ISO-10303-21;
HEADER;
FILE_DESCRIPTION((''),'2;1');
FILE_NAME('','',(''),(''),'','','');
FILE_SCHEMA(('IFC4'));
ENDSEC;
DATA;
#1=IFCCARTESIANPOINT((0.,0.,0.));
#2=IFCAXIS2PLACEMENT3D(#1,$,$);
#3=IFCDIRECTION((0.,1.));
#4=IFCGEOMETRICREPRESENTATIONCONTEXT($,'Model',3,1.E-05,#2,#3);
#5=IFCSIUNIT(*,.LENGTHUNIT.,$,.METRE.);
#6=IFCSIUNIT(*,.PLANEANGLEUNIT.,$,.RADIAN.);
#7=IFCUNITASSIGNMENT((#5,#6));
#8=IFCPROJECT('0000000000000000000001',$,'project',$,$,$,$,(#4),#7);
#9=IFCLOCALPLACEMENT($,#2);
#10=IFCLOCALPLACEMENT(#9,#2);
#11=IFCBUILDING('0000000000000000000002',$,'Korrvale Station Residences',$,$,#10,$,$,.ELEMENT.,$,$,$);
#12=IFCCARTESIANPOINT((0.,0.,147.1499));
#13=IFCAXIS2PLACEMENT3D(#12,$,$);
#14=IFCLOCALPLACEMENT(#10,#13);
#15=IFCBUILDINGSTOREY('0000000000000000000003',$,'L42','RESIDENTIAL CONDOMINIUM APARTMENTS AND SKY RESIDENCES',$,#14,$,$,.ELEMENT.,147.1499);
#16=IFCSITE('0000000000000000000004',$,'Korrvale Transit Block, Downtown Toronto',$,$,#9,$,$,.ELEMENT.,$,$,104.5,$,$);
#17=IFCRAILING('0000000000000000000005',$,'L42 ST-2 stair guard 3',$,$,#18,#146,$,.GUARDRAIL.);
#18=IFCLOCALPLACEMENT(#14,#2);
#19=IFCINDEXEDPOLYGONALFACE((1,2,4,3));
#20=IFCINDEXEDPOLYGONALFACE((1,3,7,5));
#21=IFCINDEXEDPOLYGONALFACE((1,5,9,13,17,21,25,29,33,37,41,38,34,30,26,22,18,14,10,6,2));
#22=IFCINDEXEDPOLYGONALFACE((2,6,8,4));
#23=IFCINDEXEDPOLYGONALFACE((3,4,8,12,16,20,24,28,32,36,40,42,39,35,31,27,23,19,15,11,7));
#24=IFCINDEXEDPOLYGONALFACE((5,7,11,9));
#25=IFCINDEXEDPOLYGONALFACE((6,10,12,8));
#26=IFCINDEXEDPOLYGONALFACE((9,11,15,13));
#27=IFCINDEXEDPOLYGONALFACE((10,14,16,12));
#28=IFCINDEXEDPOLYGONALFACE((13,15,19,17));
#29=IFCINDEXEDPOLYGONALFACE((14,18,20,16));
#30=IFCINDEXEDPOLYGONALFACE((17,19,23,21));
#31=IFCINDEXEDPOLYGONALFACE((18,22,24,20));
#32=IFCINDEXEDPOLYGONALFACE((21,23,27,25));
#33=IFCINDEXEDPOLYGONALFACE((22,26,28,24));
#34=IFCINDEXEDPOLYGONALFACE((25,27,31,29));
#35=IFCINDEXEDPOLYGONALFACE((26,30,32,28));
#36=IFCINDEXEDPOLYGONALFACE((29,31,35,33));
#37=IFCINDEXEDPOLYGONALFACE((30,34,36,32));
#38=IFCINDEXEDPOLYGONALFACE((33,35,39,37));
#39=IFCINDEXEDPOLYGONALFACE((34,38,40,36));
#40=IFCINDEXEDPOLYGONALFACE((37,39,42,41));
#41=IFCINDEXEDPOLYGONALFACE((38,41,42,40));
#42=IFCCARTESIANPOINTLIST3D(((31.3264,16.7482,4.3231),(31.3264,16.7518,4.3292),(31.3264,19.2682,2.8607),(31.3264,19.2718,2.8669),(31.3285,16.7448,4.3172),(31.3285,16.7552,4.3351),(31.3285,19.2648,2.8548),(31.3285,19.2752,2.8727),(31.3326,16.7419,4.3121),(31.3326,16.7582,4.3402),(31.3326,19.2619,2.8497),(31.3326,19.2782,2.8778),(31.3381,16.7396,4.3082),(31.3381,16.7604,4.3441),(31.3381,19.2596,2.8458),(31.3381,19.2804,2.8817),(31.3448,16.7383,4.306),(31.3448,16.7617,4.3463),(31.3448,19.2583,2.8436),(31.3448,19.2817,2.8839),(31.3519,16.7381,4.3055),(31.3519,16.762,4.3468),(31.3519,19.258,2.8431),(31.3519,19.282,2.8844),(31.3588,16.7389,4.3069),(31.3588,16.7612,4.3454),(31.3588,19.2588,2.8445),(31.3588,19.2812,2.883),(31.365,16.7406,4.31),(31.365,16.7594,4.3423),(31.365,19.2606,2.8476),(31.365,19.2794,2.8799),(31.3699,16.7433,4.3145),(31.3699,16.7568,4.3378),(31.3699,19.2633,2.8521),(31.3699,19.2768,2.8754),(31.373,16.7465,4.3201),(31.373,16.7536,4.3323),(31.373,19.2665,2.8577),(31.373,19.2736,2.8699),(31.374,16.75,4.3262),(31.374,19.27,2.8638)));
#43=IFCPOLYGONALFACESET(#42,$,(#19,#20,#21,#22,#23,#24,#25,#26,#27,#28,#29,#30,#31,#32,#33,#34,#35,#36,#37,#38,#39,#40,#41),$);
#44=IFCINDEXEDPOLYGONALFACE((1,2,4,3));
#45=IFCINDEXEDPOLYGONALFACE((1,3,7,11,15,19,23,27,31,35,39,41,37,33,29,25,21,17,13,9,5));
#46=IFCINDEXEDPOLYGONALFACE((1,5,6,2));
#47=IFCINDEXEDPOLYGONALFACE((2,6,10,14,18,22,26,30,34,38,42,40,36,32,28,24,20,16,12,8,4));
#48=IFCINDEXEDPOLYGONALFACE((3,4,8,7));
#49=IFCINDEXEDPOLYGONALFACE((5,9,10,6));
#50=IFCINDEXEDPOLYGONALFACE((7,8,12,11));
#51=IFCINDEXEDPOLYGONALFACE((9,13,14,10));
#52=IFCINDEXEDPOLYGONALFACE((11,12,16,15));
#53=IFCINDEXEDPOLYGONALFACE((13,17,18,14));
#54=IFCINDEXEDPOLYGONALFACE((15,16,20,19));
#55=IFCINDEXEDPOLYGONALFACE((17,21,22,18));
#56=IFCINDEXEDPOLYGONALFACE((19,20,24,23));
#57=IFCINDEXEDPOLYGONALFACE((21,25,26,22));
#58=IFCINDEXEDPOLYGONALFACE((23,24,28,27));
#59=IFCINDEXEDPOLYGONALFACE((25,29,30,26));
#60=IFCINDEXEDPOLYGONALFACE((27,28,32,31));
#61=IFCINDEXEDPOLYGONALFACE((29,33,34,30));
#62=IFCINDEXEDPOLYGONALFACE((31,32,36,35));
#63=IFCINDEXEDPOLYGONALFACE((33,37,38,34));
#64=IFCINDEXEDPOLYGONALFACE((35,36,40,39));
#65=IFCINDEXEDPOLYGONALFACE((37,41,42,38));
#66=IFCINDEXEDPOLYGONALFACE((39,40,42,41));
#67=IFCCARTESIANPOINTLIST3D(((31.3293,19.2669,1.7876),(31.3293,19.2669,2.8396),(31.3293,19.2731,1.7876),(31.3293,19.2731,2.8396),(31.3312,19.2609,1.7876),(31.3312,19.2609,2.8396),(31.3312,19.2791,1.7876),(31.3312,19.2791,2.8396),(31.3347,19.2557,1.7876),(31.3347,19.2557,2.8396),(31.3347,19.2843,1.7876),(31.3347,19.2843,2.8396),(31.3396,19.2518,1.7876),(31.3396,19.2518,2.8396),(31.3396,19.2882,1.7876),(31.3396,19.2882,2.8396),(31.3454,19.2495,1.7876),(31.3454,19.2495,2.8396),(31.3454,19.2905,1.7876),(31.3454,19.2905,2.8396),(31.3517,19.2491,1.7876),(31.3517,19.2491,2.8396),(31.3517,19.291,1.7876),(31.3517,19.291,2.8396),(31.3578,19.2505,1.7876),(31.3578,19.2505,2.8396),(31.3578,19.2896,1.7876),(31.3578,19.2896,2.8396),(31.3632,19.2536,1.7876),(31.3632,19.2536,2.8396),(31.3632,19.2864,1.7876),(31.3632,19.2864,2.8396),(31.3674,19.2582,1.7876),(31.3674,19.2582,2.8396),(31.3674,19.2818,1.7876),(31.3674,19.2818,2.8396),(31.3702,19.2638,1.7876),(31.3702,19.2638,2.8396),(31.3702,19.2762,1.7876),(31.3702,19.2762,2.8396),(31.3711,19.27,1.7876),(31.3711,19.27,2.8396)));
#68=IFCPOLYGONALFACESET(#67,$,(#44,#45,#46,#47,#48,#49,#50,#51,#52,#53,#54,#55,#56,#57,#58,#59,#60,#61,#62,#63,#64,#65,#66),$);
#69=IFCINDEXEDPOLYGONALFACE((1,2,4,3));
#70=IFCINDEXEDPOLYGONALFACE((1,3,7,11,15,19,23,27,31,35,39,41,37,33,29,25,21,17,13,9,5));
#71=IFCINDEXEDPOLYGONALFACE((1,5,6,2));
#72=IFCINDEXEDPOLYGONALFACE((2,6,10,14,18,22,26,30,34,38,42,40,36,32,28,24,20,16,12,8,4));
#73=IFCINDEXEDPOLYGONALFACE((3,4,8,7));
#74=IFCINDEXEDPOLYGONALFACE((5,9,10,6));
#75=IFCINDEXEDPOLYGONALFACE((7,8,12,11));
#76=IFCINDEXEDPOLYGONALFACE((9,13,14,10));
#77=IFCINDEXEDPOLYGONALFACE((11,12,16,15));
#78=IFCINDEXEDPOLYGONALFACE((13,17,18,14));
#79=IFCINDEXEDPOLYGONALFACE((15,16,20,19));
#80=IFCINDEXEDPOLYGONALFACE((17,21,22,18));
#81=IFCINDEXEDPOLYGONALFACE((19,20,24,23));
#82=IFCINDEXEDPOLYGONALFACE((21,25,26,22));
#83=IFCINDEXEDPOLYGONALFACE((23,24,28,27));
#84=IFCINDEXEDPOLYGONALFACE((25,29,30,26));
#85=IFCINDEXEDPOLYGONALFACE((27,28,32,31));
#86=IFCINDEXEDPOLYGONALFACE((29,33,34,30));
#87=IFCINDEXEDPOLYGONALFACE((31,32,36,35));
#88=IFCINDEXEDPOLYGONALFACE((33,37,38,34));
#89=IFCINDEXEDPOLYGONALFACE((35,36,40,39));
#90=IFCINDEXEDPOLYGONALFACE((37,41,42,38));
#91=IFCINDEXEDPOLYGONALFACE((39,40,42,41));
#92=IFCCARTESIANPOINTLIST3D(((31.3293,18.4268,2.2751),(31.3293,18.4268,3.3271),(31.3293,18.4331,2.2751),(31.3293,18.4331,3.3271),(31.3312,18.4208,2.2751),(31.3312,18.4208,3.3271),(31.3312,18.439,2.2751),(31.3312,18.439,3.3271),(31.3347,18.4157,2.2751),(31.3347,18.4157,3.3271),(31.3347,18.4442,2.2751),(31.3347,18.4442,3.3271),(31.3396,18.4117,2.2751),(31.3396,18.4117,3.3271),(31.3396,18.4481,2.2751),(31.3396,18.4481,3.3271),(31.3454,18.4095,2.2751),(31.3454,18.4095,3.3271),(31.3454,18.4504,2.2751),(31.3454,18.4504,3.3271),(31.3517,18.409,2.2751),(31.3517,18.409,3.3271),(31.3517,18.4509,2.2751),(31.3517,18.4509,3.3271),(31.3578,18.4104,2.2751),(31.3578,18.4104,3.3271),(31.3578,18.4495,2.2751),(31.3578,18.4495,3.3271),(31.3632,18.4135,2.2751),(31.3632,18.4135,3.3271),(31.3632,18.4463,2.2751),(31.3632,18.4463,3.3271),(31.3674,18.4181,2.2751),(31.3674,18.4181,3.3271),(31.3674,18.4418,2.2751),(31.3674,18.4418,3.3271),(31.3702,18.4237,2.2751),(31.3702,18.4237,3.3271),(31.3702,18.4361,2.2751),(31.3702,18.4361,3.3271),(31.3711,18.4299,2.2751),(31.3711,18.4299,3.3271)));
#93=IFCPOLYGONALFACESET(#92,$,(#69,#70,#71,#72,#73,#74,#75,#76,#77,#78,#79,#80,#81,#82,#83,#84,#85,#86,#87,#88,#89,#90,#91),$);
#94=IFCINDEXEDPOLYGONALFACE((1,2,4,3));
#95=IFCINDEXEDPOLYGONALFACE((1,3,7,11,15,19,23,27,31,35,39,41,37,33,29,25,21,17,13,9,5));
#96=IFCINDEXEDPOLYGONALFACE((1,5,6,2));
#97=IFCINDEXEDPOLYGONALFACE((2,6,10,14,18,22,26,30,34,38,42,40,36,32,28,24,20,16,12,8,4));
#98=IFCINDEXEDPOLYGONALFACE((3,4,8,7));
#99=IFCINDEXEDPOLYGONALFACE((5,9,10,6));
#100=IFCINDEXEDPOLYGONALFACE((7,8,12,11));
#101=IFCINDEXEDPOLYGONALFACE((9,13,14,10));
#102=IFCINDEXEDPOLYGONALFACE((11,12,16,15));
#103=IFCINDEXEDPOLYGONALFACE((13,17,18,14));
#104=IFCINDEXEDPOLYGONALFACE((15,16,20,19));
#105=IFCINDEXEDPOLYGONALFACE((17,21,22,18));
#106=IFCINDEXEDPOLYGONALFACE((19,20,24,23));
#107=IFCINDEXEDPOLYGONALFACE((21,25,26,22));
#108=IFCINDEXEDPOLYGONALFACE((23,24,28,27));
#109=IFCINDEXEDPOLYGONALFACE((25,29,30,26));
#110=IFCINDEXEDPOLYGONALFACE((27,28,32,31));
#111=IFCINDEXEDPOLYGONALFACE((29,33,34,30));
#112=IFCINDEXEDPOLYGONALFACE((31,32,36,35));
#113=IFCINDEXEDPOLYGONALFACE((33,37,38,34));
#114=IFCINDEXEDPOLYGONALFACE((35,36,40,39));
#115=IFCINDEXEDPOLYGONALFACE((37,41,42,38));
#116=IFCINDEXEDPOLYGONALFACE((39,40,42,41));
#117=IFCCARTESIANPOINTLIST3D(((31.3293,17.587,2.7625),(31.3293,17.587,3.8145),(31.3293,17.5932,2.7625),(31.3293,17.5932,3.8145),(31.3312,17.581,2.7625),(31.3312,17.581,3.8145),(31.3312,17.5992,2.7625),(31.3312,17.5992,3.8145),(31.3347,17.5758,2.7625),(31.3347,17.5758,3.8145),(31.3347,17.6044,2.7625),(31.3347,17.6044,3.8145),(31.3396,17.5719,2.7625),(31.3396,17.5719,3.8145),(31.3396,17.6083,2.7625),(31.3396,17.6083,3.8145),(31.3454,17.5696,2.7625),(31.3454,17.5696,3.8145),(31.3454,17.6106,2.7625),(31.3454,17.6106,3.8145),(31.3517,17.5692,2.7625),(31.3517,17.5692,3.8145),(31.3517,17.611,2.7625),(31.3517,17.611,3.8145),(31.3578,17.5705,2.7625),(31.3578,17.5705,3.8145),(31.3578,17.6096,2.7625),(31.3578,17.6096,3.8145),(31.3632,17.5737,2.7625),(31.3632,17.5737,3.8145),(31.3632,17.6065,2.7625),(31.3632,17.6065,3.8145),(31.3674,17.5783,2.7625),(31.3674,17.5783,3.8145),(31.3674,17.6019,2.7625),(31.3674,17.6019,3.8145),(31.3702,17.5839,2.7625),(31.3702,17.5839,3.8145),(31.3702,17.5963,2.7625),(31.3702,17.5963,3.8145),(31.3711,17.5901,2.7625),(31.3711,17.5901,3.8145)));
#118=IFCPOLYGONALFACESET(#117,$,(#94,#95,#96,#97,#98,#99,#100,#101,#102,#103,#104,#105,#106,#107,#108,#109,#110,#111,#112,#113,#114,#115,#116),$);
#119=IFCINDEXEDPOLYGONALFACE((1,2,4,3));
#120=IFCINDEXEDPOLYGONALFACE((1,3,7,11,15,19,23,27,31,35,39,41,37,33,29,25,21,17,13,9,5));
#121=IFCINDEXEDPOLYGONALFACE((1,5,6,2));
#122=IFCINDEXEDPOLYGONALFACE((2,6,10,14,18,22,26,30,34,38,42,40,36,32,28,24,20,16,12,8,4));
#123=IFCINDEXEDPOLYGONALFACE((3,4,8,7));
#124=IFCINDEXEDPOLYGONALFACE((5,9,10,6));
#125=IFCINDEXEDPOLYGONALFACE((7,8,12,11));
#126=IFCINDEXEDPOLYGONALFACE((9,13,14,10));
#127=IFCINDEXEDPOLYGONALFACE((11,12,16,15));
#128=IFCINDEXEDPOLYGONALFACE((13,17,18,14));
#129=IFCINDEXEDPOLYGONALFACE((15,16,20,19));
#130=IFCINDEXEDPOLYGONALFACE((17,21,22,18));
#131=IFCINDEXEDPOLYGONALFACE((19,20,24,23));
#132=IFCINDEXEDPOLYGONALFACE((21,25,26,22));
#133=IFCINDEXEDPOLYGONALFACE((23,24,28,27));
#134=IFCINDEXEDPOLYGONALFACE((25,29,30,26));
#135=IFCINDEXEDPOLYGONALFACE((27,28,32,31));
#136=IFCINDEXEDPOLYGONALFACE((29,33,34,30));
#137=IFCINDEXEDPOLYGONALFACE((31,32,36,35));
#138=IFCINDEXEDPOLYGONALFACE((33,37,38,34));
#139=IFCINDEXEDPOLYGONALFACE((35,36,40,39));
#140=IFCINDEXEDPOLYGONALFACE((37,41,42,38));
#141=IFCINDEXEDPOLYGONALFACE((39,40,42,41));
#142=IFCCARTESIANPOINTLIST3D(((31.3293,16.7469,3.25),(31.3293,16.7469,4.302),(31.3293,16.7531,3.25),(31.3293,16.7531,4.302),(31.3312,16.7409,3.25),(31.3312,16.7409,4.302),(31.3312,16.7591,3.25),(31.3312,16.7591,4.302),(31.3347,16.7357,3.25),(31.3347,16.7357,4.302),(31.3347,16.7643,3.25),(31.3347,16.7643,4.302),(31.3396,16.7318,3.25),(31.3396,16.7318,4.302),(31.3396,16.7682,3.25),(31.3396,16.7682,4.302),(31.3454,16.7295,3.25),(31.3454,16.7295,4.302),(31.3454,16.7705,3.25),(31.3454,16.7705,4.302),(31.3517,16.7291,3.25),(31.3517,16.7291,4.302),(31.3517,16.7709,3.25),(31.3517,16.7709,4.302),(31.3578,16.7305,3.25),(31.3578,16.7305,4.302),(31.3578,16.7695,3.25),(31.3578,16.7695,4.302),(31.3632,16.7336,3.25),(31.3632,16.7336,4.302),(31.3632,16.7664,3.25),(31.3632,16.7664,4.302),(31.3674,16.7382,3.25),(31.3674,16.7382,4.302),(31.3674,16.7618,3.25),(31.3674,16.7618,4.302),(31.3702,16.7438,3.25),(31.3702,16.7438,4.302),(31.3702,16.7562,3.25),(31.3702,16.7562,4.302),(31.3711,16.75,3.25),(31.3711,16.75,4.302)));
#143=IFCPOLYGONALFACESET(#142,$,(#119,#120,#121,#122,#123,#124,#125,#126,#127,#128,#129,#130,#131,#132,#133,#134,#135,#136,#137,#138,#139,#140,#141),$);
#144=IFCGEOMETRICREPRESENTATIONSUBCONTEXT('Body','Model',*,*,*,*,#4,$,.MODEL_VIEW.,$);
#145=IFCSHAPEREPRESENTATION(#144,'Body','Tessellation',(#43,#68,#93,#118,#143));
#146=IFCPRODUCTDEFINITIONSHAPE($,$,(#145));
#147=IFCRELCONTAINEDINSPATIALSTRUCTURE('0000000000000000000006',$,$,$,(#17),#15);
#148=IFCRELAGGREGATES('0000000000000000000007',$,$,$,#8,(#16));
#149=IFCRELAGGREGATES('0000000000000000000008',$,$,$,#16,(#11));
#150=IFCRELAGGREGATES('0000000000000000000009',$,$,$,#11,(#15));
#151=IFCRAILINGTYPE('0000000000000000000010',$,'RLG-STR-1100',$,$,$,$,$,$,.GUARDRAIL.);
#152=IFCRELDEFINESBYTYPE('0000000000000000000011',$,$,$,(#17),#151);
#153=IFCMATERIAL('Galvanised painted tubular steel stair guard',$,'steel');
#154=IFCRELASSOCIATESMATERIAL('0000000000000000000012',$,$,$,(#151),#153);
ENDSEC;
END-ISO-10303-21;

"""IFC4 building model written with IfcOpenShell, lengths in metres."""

from ifc_helpers import new_model, si_unit, direction, frame, origin, origin_2d, place, context, subcontext, project, spatial, circle, extrude, material, type_object, element, save


model = new_model("IFC4")

# Units and contexts
model_context = context("Model", 3, precision=1e-05, world=origin(), true_north=direction((0.0, 1.0)))
body_context = subcontext(model_context, "Body", "Model", "MODEL_VIEW")
ifc_project = project(units=[si_unit("LENGTHUNIT", "METRE"), si_unit("PLANEANGLEUNIT", "RADIAN")], contexts=[model_context])

# Site, building, storey
site_placement = place(None, origin())
site = spatial("IfcSite", under=ifc_project, at=site_placement, Name="Korrvale Transit Block, Downtown Toronto", CompositionType="ELEMENT", RefElevation=104.5)
building_placement = place(site_placement, origin())
building = spatial("IfcBuilding", under=site, at=building_placement, Name="Korrvale Station Residences", CompositionType="ELEMENT")
storey_placement = place(building_placement, frame((0.0, 0.0, 147.1499)))
storey = spatial("IfcBuildingStorey", under=building, at=storey_placement, Name="L42", Description="RESIDENTIAL CONDOMINIUM APARTMENTS AND SKY RESIDENCES", CompositionType="ELEMENT", Elevation=147.1499)

# Railing
ifc_material_1 = material(Name="Galvanised painted tubular steel stair guard", Category="steel")
railing_type_1 = type_object("IfcRailingType", Name="RLG-STR-1100", PredefinedType="GUARDRAIL", material=ifc_material_1)
railing_1_placement = place(storey_placement, frame((31.3501, 19.27, 1.7876)))
element("IfcRailing", 1, at=railing_1_placement, inside=storey, type_object=railing_type_1, Name="L42 ST-2 stair guard 3", PredefinedType="GUARDRAIL", context=body_context, shape_type="SweptSolid", body=[
    extrude(circle(Radius=0.0239, at=origin_2d()), frame((0.0, 0.0, 1.0762), z_axis=(0.0, -0.864913, 0.501921), x_axis=(1.0, 0.0, 0.0)), (0.0, 0.0, 1.0), 2.9136),
    extrude(circle(Radius=0.021, at=origin_2d()), origin(), (0.0, 0.0, 1.0), 1.052),
    extrude(circle(Radius=0.021, at=origin_2d()), frame((0.0, -0.8401, 0.4875)), (0.0, 0.0, 1.0), 1.052),
    extrude(circle(Radius=0.021, at=origin_2d()), frame((0.0, -1.6799, 0.9749)), (0.0, 0.0, 1.0), 1.052),
    extrude(circle(Radius=0.021, at=origin_2d()), frame((0.0, -2.52, 1.4624)), (0.0, 0.0, 1.0), 1.052),
])

save(model, "model.ifc")
